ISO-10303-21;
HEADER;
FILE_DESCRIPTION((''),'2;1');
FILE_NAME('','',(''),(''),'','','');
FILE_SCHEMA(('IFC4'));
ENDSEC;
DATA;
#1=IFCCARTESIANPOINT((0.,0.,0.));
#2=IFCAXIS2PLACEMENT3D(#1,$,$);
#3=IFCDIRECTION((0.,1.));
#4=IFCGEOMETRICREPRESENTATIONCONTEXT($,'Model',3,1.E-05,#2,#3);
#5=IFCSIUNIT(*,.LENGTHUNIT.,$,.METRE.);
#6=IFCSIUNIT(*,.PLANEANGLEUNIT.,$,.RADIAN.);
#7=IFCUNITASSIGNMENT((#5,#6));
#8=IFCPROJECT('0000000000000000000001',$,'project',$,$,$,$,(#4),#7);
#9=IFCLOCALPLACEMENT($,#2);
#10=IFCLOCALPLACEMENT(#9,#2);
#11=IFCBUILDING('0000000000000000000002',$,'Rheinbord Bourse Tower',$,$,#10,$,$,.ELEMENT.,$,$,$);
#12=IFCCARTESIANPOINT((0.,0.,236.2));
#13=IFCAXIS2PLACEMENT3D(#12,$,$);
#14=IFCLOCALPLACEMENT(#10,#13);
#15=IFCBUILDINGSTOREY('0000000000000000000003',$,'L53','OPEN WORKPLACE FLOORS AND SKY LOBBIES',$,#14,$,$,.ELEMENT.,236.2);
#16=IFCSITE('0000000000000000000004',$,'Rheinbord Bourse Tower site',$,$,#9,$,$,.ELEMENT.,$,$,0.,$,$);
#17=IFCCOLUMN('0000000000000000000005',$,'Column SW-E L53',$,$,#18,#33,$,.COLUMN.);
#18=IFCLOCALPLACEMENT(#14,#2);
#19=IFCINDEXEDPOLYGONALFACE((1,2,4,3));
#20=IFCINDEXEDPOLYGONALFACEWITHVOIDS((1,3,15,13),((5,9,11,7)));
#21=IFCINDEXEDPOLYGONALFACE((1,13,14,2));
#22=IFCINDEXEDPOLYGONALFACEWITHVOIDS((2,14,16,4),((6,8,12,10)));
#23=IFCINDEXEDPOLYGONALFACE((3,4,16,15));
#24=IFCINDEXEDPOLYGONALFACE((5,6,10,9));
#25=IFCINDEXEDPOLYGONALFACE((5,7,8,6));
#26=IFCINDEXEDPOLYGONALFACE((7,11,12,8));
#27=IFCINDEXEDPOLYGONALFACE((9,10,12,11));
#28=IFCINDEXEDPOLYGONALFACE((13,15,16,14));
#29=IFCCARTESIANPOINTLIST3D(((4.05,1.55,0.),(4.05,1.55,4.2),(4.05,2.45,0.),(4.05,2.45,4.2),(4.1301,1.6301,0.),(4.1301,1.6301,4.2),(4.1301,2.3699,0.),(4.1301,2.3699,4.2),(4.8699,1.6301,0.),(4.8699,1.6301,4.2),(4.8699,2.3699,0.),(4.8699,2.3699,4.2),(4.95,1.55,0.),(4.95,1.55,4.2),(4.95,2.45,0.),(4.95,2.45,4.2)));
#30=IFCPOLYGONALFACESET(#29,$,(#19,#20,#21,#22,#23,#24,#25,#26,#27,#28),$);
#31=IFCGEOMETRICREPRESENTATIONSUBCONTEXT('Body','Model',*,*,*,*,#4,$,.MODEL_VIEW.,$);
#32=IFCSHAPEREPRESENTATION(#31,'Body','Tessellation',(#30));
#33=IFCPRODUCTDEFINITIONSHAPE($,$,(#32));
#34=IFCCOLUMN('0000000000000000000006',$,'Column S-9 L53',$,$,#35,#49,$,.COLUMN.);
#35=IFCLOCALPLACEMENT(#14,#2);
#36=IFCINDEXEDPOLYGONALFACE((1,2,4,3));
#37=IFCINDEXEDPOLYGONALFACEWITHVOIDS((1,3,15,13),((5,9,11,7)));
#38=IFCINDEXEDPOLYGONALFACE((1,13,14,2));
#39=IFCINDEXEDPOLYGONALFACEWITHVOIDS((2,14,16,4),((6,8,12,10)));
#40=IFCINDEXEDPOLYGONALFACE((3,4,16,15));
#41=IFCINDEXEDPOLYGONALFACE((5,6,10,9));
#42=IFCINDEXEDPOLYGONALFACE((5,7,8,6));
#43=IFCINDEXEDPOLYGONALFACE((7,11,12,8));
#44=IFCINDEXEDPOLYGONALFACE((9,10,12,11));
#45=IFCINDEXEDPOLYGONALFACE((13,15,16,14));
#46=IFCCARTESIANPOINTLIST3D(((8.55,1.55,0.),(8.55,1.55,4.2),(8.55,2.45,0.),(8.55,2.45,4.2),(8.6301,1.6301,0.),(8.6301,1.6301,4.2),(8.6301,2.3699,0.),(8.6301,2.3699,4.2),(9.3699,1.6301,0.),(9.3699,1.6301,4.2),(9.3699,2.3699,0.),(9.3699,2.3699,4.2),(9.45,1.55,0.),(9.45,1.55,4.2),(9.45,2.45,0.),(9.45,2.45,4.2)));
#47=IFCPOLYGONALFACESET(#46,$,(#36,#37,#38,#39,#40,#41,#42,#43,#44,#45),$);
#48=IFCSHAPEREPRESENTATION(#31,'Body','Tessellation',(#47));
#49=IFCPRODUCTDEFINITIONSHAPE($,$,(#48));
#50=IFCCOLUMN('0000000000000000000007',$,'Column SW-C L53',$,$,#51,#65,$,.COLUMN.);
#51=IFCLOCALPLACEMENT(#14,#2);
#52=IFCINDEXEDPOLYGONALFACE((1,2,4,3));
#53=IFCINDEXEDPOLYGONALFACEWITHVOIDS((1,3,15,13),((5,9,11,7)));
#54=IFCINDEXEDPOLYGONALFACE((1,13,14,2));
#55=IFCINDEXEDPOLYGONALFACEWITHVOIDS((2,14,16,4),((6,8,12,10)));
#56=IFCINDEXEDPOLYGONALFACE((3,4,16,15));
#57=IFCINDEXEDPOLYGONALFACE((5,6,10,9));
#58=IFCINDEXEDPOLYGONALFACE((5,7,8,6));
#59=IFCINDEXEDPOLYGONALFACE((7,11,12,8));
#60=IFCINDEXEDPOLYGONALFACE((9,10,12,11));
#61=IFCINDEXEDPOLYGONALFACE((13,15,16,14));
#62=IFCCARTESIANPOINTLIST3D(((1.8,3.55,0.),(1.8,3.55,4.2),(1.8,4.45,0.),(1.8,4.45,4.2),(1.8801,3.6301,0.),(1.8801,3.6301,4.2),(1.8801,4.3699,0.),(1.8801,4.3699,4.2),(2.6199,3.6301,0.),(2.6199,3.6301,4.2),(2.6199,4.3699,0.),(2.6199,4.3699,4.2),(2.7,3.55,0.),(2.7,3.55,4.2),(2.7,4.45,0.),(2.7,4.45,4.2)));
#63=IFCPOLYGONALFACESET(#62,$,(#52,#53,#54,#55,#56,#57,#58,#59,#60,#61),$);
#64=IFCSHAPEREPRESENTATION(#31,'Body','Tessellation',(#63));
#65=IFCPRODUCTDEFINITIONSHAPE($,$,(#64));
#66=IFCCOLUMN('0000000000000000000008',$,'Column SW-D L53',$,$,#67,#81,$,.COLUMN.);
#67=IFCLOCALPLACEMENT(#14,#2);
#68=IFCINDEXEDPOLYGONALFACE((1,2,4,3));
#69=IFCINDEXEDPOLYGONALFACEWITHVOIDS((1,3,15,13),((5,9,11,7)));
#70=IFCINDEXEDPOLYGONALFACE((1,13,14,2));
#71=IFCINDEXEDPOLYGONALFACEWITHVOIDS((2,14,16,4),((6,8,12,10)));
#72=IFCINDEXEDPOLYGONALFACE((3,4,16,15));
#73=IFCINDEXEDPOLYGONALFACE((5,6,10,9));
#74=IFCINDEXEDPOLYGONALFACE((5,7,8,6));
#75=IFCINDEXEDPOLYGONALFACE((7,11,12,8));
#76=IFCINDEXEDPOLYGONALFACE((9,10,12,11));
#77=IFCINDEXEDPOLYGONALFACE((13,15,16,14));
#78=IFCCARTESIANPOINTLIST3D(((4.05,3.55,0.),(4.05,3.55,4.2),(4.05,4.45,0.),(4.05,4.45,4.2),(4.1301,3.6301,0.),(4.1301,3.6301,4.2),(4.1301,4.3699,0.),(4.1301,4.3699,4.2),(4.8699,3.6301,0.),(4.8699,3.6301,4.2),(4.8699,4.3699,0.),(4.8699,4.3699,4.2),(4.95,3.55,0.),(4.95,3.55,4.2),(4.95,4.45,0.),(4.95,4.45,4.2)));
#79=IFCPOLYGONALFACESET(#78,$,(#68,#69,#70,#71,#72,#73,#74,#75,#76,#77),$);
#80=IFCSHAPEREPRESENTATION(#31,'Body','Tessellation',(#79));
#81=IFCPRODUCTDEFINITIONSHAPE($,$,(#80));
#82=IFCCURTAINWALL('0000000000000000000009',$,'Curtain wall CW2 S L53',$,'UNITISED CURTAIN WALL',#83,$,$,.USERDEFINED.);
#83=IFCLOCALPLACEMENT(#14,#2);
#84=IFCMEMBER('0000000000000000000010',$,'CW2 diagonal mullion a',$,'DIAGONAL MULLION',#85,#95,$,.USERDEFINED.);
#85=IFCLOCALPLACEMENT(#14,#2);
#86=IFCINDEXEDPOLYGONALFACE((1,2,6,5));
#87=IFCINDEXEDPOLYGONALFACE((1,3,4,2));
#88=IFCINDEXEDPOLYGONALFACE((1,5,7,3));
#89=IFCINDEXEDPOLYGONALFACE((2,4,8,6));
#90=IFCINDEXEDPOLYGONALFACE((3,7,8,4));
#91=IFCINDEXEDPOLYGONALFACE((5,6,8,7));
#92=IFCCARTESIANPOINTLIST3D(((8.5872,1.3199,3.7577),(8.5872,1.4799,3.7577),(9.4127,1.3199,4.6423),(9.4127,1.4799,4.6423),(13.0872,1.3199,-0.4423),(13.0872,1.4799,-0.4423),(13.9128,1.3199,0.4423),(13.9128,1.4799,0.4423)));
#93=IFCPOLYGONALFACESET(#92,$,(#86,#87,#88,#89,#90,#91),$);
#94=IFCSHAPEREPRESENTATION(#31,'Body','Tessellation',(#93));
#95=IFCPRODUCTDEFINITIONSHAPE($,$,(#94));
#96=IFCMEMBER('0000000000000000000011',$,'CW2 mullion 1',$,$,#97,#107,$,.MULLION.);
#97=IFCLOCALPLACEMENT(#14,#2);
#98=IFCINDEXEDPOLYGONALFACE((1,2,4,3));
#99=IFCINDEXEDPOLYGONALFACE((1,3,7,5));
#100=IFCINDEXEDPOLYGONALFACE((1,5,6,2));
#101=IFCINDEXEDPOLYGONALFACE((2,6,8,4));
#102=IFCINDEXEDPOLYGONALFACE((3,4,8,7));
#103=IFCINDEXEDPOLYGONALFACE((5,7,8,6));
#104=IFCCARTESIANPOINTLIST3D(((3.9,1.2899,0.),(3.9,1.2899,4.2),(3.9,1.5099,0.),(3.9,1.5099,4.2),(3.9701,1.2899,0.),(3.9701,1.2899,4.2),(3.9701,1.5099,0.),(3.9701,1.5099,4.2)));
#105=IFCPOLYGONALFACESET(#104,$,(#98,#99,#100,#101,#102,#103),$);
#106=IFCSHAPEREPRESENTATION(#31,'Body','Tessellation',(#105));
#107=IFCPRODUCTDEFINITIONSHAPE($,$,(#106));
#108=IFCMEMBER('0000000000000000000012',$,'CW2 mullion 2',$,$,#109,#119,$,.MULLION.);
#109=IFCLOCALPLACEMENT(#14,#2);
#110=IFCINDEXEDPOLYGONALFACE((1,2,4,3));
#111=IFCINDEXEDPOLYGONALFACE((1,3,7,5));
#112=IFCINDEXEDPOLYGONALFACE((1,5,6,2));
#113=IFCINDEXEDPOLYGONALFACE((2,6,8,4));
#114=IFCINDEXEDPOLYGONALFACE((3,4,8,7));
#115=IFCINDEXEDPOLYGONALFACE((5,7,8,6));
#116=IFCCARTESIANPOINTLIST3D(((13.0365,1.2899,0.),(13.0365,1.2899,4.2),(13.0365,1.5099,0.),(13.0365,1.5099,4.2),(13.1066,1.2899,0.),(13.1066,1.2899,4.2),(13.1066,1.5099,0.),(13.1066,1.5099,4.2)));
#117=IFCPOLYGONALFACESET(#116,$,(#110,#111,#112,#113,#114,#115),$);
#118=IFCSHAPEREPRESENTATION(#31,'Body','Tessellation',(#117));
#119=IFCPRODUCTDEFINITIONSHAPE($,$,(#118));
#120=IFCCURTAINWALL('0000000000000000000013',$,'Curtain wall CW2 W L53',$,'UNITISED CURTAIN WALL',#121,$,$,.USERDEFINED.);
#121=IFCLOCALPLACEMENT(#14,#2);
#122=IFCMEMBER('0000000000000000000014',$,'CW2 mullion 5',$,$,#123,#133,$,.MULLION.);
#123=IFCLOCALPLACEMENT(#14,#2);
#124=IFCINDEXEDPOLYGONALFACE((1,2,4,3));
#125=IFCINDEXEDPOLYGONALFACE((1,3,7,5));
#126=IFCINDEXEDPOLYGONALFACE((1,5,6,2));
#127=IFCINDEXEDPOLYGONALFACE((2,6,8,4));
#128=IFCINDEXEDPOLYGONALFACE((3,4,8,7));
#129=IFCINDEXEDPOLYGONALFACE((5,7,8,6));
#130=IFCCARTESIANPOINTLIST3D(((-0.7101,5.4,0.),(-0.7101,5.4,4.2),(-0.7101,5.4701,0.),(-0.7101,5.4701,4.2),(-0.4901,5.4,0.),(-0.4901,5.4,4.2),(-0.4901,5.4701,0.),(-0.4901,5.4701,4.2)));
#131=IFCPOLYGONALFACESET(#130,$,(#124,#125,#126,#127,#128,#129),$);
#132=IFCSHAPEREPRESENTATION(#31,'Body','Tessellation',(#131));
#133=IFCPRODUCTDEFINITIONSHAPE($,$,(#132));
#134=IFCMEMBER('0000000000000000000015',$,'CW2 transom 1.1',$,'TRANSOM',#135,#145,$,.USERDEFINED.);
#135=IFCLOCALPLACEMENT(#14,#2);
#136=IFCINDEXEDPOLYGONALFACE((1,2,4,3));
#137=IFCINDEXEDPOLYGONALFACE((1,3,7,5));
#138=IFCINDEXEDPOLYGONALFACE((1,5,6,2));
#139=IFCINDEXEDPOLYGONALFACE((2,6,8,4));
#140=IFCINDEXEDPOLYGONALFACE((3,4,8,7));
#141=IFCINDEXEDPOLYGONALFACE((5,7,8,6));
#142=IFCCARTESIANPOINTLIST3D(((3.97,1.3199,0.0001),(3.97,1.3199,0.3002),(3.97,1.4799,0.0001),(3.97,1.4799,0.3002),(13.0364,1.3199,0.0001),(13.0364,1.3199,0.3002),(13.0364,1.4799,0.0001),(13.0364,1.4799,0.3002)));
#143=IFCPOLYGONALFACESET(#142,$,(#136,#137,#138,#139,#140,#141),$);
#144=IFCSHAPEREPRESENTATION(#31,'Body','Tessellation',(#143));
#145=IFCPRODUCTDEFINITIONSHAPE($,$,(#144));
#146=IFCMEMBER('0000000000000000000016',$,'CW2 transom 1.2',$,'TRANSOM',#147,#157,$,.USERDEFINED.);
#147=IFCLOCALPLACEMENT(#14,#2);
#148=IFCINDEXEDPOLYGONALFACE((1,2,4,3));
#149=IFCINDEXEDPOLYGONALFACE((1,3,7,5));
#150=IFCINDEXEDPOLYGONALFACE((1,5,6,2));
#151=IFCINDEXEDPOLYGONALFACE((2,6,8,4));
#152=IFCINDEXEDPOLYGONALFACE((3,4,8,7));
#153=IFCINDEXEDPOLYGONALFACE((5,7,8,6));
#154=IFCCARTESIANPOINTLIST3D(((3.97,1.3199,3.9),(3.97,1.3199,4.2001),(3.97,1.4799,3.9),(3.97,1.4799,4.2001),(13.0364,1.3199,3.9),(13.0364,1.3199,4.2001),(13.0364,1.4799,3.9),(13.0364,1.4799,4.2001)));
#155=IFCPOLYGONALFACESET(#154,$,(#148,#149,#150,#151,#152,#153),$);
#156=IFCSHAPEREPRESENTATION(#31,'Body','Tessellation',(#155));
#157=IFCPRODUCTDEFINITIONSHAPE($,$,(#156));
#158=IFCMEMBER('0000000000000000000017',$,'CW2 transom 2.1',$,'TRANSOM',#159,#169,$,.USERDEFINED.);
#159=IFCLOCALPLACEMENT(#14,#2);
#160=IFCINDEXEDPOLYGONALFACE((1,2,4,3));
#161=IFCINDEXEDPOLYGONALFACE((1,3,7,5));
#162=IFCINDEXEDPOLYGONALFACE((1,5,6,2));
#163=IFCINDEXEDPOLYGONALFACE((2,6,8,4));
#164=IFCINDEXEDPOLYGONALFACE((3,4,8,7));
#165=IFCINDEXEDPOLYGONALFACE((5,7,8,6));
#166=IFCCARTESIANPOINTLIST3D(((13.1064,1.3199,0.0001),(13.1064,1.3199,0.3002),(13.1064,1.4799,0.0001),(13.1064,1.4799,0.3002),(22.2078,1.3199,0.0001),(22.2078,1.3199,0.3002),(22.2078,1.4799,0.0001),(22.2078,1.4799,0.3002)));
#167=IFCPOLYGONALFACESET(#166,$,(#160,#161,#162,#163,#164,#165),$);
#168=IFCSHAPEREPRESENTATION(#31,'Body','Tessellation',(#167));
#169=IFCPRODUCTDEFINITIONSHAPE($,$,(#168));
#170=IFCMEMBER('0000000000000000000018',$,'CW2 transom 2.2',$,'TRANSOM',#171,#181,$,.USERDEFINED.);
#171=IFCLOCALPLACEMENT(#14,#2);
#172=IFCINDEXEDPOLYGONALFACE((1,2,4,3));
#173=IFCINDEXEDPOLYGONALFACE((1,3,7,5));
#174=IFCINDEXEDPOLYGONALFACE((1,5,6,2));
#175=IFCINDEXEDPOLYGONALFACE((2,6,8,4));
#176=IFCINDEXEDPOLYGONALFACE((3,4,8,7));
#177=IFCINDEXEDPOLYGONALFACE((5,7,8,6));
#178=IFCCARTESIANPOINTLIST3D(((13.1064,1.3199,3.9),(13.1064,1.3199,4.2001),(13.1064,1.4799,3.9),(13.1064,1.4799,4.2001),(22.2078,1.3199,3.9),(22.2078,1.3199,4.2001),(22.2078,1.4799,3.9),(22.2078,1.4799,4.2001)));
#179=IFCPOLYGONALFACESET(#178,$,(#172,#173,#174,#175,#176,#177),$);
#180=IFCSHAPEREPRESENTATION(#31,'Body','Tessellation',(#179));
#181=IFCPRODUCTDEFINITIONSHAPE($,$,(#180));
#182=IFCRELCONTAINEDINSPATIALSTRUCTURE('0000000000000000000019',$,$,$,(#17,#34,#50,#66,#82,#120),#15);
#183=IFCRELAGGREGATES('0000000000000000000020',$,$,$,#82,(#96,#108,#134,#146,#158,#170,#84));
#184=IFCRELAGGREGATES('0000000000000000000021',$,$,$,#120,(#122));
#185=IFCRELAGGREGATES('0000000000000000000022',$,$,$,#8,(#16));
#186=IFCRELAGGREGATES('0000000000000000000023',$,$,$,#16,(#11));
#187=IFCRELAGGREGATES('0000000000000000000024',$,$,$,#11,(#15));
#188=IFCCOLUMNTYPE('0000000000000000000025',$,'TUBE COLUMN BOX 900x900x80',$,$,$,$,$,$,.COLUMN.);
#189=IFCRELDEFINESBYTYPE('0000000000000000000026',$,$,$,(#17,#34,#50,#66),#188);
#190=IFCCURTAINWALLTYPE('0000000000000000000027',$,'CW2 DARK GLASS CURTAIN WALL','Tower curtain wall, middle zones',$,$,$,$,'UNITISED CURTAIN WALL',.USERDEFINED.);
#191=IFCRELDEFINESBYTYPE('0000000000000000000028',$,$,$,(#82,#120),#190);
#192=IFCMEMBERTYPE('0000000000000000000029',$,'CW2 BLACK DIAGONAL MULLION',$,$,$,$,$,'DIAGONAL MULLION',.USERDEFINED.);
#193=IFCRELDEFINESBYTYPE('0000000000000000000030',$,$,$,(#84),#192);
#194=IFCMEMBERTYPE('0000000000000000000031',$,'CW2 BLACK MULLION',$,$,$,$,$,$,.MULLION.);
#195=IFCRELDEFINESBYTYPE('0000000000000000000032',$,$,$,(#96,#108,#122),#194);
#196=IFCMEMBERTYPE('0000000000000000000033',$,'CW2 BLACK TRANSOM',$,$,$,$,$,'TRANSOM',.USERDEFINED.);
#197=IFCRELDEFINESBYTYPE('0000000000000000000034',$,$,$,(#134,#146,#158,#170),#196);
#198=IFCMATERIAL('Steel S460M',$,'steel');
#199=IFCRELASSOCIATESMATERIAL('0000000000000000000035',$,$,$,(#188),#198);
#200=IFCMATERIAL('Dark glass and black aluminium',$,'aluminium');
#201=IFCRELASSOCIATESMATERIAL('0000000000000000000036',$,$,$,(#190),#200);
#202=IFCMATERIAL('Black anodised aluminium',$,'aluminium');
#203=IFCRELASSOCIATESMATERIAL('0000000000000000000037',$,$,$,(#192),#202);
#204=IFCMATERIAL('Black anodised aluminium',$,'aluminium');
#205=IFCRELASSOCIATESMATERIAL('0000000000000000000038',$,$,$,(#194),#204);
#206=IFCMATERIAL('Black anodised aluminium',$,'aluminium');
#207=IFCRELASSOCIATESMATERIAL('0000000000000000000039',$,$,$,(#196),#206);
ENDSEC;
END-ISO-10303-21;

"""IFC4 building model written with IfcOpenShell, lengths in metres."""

from ifc_helpers import new_model, si_unit, direction, frame, origin, origin_2d, place, context, subcontext, project, spatial, rectangle, hollow_rectangle, extrude, material, material_profile, profile_set, type_object, element, aggregate, save


model = new_model("IFC4")

# Units and contexts
model_context = context("Model", 3, precision=1e-05, world=origin(), true_north=direction((0.0, 1.0)))
body_context = subcontext(model_context, "Body", "Model", "MODEL_VIEW")
ifc_project = project(units=[si_unit("LENGTHUNIT", "METRE"), si_unit("PLANEANGLEUNIT", "RADIAN")], contexts=[model_context])

# Site, building, storey
site_placement = place(None, origin())
site = spatial("IfcSite", under=ifc_project, at=site_placement, Name="Rheinbord Bourse Tower site", CompositionType="ELEMENT", RefElevation=0.0)
building_placement = place(site_placement, origin())
building = spatial("IfcBuilding", under=site, at=building_placement, Name="Rheinbord Bourse Tower", CompositionType="ELEMENT")
storey_placement = place(building_placement, frame((0.0, 0.0, 236.2)))
storey = spatial("IfcBuildingStorey", under=building, at=storey_placement, Name="L53", Description="OPEN WORKPLACE FLOORS AND SKY LOBBIES", CompositionType="ELEMENT", Elevation=236.2)

# Columns
ifc_material_1 = material(Name="Steel S460M", Category="steel")
ifc_material_profile_1 = material_profile(ifc_material_1, hollow_rectangle(XDim=0.8999, YDim=0.8999, WallThickness=0.0801, at=origin_2d()), Name="BOX 900x900x80")
ifc_profile_set_1 = profile_set([ifc_material_profile_1], Name="Steel S460M")
column_type = type_object("IfcColumnType", Name="TUBE COLUMN BOX 900x900x80", PredefinedType="COLUMN", material=ifc_profile_set_1)
for number, where, z_axis, x_axis, name in (
    (1, (4.5, 2.0, 0.0), (0.0, 0.0, 1.0), (0.0, 1.0, 0.0), "Column SW-E L53"),
    (2, (9.0, 2.0, 0.0), (0.0, 0.0, 1.0), (0.0, 1.0, 0.0), "Column S-9 L53"),
    (3, (2.25, 4.0, 0.0), (0.0, 0.0, 1.0), (1.0, 0.0, 0.0), "Column SW-C L53"),
    (4, (4.5, 4.0, 0.0), (0.0, 0.0, 1.0), (0.0, 1.0, 0.0), "Column SW-D L53"),
):
    element("IfcColumn", number, at=place(storey_placement, frame(where, z_axis=z_axis, x_axis=x_axis)), inside=storey, type_object=column_type, Name=name, PredefinedType="COLUMN", context=body_context, shape_type="SweptSolid", body=[
        extrude(hollow_rectangle(XDim=0.8999, YDim=0.8999, WallThickness=0.0801, at=origin_2d()), origin(), (0.0, 0.0, 1.0), 4.2),
    ])

# Curtain wall, members
ifc_material_2 = material(Name="Dark glass and black aluminium", Category="aluminium")
curtain_wall_type = type_object("IfcCurtainWallType", Name="CW2 DARK GLASS CURTAIN WALL", Description="Tower curtain wall, middle zones", ElementType="UNITISED CURTAIN WALL", PredefinedType="USERDEFINED", material=ifc_material_2)
curtain_wall_1_placement = place(storey_placement, origin())
curtain_wall_1 = element("IfcCurtainWall", 5, at=curtain_wall_1_placement, inside=storey, type_object=curtain_wall_type, Name="Curtain wall CW2 S L53", ObjectType="UNITISED CURTAIN WALL", PredefinedType="USERDEFINED")
ifc_material_3 = material(Name="Black anodised aluminium", Category="aluminium")
ifc_material_profile_2 = material_profile(ifc_material_3, rectangle(XDim=0.1599, YDim=1.21, at=origin_2d()), Name="CW2 DIAGONAL MULLION 1210x160")
ifc_profile_set_2 = profile_set([ifc_material_profile_2], Name="Black anodised aluminium")
member_type_1 = type_object("IfcMemberType", Name="CW2 BLACK DIAGONAL MULLION", ElementType="DIAGONAL MULLION", PredefinedType="USERDEFINED", material=ifc_profile_set_2)
member_1_placement = place(storey_placement, frame((13.5, 1.3999, 0.0), z_axis=(-0.731059, 0.0, 0.682314), x_axis=(0.0, -1.0, 0.0)))
member_1 = element("IfcMember", 6, at=member_1_placement, type_object=member_type_1, Name="CW2 diagonal mullion a", ObjectType="DIAGONAL MULLION", PredefinedType="USERDEFINED", context=body_context, shape_type="SweptSolid", body=[
    extrude(rectangle(XDim=0.1599, YDim=1.21, at=origin_2d()), origin(), (0.0, 0.0, 1.0), 6.1555),
])
ifc_material_4 = material(Name="Black anodised aluminium", Category="aluminium")
ifc_material_profile_3 = material_profile(ifc_material_4, rectangle(XDim=0.22, YDim=0.0701, at=origin_2d()), Name="CW2 MULLION 70x220")
ifc_profile_set_3 = profile_set([ifc_material_profile_3], Name="Black anodised aluminium")
member_type_2 = type_object("IfcMemberType", Name="CW2 BLACK MULLION", PredefinedType="MULLION", material=ifc_profile_set_3)
member_2_placement = place(storey_placement, frame((3.9351, 1.3999, 0.0), z_axis=(0.0, 0.0, 1.0), x_axis=(0.0, 1.0, 0.0)))
member_2 = element("IfcMember", 7, at=member_2_placement, type_object=member_type_2, Name="CW2 mullion 1", PredefinedType="MULLION", context=body_context, shape_type="SweptSolid", body=[
    extrude(rectangle(XDim=0.22, YDim=0.0701, at=origin_2d()), origin(), (0.0, 0.0, 1.0), 4.2),
])
member_3_placement = place(storey_placement, frame((13.0715, 1.3999, 0.0), z_axis=(0.0, 0.0, 1.0), x_axis=(0.0, 1.0, 0.0)))
member_3 = element("IfcMember", 8, at=member_3_placement, type_object=member_type_2, Name="CW2 mullion 2", PredefinedType="MULLION", context=body_context, shape_type="SweptSolid", body=[
    extrude(rectangle(XDim=0.22, YDim=0.0701, at=origin_2d()), origin(), (0.0, 0.0, 1.0), 4.2),
])

# Curtain wall, member
curtain_wall_2_placement = place(storey_placement, origin())
curtain_wall_2 = element("IfcCurtainWall", 9, at=curtain_wall_2_placement, inside=storey, type_object=curtain_wall_type, Name="Curtain wall CW2 W L53", ObjectType="UNITISED CURTAIN WALL", PredefinedType="USERDEFINED")
member_4_placement = place(storey_placement, frame((-0.6001, 5.4351, 0.0), z_axis=(0.0, 0.0, 1.0), x_axis=(1.0, 0.0, 0.0)))
member_4 = element("IfcMember", 10, at=member_4_placement, type_object=member_type_2, Name="CW2 mullion 5", PredefinedType="MULLION", context=body_context, shape_type="SweptSolid", body=[
    extrude(rectangle(XDim=0.22, YDim=0.0701, at=origin_2d()), origin(), (0.0, 0.0, 1.0), 4.2),
])

# Members
ifc_material_5 = material(Name="Black anodised aluminium", Category="aluminium")
ifc_material_profile_4 = material_profile(ifc_material_5, rectangle(XDim=0.1599, YDim=0.3, at=origin_2d()), Name="CW2 TRANSOM 300x160")
ifc_profile_set_4 = profile_set([ifc_material_profile_4], Name="Black anodised aluminium")
member_type_3 = type_object("IfcMemberType", Name="CW2 BLACK TRANSOM", ElementType="TRANSOM", PredefinedType="USERDEFINED", material=ifc_profile_set_4)
member_5_placement = place(storey_placement, frame((3.97, 1.3999, 0.1501), z_axis=(1.0, 0.0, 0.0), x_axis=(0.0, 1.0, 0.0)))
member_5 = element("IfcMember", 11, at=member_5_placement, type_object=member_type_3, Name="CW2 transom 1.1", ObjectType="TRANSOM", PredefinedType="USERDEFINED", context=body_context, shape_type="SweptSolid", body=[
    extrude(rectangle(XDim=0.1599, YDim=0.3, at=origin_2d()), origin(), (0.0, 0.0, 1.0), 9.0664),
])
member_6_placement = place(storey_placement, frame((3.97, 1.3999, 4.05), z_axis=(1.0, 0.0, 0.0), x_axis=(0.0, 1.0, 0.0)))
member_6 = element("IfcMember", 12, at=member_6_placement, type_object=member_type_3, Name="CW2 transom 1.2", ObjectType="TRANSOM", PredefinedType="USERDEFINED", context=body_context, shape_type="SweptSolid", body=[
    extrude(rectangle(XDim=0.1599, YDim=0.3, at=origin_2d()), origin(), (0.0, 0.0, 1.0), 9.0664),
])
member_7_placement = place(storey_placement, frame((13.1064, 1.3999, 0.1501), z_axis=(1.0, 0.0, 0.0), x_axis=(0.0, 1.0, 0.0)))
member_7 = element("IfcMember", 13, at=member_7_placement, type_object=member_type_3, Name="CW2 transom 2.1", ObjectType="TRANSOM", PredefinedType="USERDEFINED", context=body_context, shape_type="SweptSolid", body=[
    extrude(rectangle(XDim=0.1599, YDim=0.3, at=origin_2d()), origin(), (0.0, 0.0, 1.0), 9.1013),
])
member_8_placement = place(storey_placement, frame((13.1064, 1.3999, 4.05), z_axis=(1.0, 0.0, 0.0), x_axis=(0.0, 1.0, 0.0)))
member_8 = element("IfcMember", 14, at=member_8_placement, type_object=member_type_3, Name="CW2 transom 2.2", ObjectType="TRANSOM", PredefinedType="USERDEFINED", context=body_context, shape_type="SweptSolid", body=[
    extrude(rectangle(XDim=0.1599, YDim=0.3, at=origin_2d()), origin(), (0.0, 0.0, 1.0), 9.1013),
])

aggregate(curtain_wall_1, [member_2, member_3, member_5, member_6, member_7, member_8, member_1])
aggregate(curtain_wall_2, [member_4])

save(model, "model.ifc")
